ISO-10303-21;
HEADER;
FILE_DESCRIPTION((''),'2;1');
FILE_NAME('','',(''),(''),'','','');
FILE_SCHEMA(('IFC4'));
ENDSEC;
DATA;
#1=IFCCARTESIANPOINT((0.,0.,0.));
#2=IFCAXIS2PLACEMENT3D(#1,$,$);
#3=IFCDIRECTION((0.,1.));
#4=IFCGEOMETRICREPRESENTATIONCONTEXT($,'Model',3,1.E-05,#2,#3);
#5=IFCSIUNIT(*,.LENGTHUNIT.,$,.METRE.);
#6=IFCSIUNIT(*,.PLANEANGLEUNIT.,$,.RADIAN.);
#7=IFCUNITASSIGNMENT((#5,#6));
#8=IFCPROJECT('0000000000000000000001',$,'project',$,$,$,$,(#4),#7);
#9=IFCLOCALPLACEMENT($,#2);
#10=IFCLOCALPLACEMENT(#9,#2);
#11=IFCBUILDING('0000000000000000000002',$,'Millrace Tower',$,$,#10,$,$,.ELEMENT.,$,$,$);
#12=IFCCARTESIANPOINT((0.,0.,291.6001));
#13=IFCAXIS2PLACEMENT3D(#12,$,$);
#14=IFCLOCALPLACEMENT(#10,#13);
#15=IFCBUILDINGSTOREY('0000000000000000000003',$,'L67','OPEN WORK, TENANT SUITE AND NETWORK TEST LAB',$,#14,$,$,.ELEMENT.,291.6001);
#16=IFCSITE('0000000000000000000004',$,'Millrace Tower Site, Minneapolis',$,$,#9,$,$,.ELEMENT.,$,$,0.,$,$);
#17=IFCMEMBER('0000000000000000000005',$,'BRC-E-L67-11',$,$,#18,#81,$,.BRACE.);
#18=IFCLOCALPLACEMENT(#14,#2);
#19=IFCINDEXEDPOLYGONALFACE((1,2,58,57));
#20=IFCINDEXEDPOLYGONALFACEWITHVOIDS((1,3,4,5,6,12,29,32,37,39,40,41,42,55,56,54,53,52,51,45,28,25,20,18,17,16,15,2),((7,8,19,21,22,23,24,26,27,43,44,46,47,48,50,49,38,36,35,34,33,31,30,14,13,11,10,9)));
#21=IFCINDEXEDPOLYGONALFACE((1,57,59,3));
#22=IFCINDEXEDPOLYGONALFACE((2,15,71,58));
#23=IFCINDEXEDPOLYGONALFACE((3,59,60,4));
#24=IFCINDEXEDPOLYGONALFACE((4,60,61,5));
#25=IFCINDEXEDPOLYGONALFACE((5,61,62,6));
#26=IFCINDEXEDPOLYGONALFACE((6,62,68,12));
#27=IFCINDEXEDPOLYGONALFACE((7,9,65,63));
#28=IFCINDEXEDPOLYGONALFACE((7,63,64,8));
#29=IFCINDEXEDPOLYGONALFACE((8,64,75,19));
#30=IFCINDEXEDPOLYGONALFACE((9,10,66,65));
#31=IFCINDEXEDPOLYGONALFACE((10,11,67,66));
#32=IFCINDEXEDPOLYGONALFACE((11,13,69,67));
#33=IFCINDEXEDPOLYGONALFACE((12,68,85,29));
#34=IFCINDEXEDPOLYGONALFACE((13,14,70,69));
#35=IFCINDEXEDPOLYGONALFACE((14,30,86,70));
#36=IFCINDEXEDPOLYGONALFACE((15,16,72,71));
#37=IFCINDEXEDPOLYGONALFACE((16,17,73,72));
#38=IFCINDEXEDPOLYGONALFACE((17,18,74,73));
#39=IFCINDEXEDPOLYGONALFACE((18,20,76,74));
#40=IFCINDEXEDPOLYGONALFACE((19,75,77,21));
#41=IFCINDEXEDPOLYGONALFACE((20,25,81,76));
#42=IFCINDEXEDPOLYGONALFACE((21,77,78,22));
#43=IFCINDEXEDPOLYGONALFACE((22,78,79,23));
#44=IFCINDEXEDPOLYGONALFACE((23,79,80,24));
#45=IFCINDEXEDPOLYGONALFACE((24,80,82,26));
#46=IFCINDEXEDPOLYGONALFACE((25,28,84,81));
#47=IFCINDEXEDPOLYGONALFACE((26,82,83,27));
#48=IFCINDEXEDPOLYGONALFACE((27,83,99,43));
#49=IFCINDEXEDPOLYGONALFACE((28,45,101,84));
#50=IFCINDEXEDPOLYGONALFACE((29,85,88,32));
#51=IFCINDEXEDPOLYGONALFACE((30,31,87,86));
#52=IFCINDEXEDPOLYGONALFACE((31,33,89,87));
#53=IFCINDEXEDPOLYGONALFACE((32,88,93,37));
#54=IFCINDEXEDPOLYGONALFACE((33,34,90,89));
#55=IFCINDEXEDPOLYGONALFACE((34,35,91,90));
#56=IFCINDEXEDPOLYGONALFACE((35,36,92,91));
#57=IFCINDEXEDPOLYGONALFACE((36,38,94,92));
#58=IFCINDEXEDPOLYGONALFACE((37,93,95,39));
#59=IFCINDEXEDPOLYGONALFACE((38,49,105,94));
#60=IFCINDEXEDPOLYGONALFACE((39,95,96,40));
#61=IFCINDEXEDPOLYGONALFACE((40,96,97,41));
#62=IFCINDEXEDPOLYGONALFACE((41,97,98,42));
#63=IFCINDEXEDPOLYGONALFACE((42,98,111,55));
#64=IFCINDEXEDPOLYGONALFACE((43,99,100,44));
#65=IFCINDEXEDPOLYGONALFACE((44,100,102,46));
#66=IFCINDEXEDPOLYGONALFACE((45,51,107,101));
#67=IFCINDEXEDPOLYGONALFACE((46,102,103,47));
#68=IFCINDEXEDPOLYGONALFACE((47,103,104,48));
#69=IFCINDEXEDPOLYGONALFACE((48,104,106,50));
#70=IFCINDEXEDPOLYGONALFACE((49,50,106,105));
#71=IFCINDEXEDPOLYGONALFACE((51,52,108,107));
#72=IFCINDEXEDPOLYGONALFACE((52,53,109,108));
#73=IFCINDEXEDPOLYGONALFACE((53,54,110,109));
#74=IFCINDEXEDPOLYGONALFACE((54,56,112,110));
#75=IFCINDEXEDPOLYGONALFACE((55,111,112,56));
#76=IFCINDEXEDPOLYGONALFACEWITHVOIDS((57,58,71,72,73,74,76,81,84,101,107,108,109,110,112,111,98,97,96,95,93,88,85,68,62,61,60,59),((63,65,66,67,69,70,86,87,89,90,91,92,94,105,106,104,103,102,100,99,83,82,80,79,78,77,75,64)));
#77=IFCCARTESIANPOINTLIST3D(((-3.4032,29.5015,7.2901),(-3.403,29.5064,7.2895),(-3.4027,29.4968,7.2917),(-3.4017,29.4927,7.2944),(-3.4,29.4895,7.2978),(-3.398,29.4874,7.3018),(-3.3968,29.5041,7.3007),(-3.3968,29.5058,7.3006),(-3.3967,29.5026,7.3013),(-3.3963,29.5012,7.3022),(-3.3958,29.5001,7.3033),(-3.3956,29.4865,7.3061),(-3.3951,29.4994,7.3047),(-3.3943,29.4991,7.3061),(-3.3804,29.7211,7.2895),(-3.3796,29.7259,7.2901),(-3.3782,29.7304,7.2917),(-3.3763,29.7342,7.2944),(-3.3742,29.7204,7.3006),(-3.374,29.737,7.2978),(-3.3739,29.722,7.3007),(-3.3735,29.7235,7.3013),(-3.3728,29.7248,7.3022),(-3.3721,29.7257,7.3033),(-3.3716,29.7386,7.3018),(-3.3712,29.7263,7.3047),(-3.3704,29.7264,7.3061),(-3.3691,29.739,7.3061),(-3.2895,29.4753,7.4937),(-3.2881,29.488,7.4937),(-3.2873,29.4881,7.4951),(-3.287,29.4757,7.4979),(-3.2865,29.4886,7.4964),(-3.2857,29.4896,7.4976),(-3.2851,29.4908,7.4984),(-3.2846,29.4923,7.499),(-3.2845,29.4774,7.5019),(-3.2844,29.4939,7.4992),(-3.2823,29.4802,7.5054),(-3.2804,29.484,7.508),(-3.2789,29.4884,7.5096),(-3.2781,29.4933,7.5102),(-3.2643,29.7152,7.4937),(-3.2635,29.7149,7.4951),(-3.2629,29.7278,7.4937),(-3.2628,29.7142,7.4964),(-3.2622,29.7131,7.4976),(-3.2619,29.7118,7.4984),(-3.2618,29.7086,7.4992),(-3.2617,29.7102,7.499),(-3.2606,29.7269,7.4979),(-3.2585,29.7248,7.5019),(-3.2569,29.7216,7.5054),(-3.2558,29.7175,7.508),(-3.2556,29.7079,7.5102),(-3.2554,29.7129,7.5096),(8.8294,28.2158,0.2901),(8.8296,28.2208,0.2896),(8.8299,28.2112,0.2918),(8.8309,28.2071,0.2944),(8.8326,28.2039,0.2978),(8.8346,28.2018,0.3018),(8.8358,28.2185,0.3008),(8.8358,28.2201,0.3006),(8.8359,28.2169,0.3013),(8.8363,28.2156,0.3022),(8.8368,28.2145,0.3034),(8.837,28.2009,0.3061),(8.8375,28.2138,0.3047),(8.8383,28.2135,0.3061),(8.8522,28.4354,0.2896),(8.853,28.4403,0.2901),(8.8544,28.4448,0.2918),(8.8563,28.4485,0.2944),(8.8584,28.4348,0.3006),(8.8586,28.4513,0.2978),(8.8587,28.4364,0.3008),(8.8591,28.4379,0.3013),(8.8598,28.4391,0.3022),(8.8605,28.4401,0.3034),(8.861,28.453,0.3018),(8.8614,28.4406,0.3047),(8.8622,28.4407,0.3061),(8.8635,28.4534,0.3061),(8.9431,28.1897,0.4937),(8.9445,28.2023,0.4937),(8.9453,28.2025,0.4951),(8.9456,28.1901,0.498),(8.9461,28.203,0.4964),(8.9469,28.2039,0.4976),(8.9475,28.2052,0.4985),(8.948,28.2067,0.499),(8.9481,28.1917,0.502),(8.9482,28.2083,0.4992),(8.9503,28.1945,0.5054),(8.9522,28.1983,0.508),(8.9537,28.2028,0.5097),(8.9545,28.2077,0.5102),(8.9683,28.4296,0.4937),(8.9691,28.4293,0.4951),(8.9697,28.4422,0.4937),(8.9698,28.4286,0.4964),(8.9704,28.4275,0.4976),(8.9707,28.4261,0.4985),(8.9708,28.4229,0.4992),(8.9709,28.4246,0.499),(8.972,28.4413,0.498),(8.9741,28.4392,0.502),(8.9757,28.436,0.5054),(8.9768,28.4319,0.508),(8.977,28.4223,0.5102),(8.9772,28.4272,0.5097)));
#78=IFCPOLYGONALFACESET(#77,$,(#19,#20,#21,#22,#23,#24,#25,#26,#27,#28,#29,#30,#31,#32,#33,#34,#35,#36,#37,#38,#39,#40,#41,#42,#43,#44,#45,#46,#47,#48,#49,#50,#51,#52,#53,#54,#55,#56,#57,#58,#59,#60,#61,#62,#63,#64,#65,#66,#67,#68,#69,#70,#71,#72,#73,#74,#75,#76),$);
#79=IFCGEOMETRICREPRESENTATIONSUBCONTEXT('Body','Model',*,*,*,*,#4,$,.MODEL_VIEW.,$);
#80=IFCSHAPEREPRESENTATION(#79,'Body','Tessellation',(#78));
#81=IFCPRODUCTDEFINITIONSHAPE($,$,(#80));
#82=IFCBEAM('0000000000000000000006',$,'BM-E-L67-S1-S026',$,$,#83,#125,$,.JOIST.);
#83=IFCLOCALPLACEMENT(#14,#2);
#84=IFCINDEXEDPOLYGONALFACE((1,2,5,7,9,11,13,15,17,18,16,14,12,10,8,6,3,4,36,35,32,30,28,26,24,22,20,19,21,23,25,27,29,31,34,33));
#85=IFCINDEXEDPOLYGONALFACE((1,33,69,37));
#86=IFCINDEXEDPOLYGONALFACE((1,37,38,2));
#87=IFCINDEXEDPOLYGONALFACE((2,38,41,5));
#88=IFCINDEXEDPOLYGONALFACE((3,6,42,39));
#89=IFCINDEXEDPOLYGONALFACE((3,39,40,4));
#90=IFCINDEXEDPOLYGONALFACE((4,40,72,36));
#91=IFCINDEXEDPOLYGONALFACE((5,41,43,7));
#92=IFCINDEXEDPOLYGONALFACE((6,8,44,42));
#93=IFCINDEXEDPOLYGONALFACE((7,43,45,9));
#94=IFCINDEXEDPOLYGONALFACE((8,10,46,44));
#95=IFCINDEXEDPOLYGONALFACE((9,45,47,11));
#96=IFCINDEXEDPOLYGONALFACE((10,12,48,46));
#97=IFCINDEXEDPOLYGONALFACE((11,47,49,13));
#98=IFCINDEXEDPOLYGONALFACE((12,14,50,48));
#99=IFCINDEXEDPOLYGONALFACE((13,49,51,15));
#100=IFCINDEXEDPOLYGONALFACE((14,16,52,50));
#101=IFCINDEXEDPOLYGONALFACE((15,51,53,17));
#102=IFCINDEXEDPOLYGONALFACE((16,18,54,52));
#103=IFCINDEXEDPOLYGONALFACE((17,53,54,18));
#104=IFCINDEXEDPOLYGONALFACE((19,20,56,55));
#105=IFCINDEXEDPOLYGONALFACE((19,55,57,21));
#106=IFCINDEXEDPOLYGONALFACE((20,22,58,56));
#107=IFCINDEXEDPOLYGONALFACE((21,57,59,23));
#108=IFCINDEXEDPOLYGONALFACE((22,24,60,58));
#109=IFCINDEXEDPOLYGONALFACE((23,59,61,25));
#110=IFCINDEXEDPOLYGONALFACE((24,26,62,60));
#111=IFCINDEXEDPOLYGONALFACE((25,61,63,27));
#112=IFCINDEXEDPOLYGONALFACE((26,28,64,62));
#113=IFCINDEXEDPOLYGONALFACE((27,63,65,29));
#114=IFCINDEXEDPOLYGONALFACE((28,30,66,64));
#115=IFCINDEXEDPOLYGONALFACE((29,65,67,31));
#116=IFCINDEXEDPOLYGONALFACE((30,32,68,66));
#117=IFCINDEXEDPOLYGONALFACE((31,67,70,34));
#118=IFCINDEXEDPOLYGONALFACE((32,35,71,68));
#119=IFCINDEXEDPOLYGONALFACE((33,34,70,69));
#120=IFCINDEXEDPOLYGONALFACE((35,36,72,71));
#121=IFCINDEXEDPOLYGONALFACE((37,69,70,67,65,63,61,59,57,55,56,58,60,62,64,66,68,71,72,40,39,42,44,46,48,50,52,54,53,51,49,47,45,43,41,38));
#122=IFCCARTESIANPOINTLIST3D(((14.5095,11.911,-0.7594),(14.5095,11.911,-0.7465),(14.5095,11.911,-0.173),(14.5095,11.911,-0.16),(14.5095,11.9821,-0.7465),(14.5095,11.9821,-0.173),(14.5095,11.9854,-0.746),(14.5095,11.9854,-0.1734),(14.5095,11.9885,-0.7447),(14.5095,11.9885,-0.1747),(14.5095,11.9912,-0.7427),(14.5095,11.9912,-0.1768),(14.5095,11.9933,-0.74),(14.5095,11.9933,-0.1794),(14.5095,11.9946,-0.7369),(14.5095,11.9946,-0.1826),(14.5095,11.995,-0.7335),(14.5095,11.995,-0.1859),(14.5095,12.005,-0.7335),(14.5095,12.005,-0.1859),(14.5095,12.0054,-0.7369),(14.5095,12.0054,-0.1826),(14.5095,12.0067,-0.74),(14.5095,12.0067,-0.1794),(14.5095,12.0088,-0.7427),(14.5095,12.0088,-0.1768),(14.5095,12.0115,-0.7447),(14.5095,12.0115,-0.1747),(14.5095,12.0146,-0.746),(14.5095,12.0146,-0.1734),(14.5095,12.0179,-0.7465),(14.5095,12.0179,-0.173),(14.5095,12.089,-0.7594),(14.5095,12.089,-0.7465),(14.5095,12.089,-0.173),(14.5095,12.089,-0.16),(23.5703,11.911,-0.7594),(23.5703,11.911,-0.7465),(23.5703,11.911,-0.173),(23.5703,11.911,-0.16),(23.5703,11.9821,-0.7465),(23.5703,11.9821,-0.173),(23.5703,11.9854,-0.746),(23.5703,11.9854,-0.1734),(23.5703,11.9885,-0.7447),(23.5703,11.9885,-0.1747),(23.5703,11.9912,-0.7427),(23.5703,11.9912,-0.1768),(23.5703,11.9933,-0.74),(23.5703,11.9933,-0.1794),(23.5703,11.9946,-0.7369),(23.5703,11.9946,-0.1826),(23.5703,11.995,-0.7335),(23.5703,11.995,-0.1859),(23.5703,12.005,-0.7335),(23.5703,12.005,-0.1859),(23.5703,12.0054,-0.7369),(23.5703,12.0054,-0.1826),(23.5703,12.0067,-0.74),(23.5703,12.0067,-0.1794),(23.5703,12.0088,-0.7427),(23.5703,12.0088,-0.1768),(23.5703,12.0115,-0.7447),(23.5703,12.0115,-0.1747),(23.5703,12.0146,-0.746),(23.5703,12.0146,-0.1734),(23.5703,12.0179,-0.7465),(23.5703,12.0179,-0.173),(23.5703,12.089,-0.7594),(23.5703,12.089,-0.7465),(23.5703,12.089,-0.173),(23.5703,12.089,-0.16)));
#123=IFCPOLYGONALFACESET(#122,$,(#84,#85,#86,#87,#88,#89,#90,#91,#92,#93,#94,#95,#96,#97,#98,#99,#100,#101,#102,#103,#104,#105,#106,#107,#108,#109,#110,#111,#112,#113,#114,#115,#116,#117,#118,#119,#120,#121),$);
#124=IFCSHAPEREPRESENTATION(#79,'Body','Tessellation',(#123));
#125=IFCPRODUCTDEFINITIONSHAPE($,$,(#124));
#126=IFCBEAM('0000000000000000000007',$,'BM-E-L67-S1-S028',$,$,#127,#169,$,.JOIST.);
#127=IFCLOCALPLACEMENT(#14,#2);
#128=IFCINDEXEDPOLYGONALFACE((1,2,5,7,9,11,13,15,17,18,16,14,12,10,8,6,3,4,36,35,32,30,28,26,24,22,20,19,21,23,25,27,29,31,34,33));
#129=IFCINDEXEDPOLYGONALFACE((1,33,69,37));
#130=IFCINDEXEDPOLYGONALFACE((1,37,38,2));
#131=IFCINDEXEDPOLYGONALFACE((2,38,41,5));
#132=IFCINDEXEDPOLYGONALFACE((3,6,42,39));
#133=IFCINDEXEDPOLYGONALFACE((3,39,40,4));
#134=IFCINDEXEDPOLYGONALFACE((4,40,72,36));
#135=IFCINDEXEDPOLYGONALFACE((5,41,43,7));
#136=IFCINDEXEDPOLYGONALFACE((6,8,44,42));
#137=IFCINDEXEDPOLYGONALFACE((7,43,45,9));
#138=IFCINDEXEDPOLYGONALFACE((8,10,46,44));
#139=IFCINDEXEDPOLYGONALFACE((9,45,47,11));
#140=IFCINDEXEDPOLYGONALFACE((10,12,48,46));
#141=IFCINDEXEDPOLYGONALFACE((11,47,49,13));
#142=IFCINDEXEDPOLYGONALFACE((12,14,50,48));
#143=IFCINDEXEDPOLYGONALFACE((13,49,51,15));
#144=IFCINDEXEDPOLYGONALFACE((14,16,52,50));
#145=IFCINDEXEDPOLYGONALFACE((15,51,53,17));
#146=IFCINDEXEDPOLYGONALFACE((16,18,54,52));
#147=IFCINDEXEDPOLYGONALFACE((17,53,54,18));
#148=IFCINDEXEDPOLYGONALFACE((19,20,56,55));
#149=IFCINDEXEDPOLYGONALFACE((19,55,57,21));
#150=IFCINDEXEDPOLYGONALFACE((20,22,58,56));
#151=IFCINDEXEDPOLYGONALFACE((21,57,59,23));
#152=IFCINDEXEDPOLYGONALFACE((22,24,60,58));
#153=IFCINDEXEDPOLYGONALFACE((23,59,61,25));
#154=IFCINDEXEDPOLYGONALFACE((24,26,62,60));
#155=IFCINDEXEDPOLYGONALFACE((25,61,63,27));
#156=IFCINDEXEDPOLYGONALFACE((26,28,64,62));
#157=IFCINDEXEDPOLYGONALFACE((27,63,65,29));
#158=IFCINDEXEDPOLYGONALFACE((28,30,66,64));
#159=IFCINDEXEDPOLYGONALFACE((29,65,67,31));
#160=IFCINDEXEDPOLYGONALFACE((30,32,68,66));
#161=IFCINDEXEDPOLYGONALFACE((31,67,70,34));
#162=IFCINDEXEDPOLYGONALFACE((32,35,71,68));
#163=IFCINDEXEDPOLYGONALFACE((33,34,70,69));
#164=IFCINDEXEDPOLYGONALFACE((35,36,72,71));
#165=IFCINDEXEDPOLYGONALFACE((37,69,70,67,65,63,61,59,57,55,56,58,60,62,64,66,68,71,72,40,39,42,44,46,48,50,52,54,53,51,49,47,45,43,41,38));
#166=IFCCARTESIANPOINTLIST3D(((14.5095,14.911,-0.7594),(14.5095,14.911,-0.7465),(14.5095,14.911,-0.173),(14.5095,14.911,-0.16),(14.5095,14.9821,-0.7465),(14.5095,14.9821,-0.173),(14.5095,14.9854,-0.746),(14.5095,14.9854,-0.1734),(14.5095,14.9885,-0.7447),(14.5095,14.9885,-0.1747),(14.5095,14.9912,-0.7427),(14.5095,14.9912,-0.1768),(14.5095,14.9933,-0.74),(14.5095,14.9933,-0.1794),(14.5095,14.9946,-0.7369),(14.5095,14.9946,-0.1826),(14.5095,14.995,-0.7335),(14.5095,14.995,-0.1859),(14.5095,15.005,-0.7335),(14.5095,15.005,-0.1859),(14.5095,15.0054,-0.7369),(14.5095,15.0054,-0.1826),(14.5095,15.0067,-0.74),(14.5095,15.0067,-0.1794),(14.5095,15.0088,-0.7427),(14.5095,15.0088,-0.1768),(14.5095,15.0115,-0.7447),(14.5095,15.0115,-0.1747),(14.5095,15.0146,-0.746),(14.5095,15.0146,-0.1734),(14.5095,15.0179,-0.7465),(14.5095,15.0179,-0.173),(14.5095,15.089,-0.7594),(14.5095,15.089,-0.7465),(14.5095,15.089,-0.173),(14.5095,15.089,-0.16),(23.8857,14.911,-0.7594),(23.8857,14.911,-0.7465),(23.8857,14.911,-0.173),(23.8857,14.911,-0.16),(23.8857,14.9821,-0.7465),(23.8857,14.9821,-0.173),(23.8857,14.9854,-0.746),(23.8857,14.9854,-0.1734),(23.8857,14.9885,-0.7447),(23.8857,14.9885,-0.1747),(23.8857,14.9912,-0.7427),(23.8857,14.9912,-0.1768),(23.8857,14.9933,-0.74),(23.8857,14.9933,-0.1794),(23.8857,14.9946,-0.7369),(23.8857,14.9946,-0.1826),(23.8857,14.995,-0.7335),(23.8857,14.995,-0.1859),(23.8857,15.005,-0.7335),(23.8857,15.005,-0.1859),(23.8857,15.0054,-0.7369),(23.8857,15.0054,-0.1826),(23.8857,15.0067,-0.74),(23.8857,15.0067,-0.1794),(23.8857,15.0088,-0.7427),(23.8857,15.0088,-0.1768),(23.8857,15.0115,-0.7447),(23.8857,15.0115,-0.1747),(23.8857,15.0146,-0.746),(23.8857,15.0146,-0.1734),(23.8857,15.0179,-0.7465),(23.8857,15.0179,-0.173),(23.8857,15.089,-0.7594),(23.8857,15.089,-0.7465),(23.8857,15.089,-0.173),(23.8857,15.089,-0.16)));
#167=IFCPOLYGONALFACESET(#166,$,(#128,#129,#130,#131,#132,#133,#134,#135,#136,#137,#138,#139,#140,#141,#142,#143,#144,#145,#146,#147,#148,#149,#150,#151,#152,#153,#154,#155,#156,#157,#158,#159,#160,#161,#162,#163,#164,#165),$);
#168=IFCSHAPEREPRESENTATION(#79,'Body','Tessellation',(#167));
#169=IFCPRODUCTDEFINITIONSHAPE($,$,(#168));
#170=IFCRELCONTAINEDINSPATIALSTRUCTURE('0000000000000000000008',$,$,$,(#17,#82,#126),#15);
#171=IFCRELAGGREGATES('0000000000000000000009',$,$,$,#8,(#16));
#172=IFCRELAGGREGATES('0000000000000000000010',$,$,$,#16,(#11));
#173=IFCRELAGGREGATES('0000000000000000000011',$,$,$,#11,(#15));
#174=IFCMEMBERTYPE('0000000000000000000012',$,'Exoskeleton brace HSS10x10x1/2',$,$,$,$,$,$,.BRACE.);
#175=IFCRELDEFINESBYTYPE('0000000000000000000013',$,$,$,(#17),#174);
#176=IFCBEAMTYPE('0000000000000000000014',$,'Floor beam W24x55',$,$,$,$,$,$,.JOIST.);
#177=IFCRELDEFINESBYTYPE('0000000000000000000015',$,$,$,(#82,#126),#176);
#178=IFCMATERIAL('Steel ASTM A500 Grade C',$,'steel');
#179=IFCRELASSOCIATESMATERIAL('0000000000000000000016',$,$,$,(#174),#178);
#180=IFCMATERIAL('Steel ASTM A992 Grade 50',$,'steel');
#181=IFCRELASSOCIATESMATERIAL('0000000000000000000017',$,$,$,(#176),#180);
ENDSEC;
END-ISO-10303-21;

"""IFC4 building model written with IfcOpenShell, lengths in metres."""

from ifc_helpers import new_model, si_unit, direction, frame, origin, origin_2d, place, context, subcontext, project, spatial, hollow_rectangle, i_section, extrude, material, material_profile, profile_set, type_object, element, save


model = new_model("IFC4")

# Units and contexts
model_context = context("Model", 3, precision=1e-05, world=origin(), true_north=direction((0.0, 1.0)))
body_context = subcontext(model_context, "Body", "Model", "MODEL_VIEW")
ifc_project = project(units=[si_unit("LENGTHUNIT", "METRE"), si_unit("PLANEANGLEUNIT", "RADIAN")], contexts=[model_context])

# Site, building, storey
site_placement = place(None, origin())
site = spatial("IfcSite", under=ifc_project, at=site_placement, Name="Millrace Tower Site, Minneapolis", CompositionType="ELEMENT", RefElevation=0.0)
building_placement = place(site_placement, origin())
building = spatial("IfcBuilding", under=site, at=building_placement, Name="Millrace Tower", CompositionType="ELEMENT")
storey_placement = place(building_placement, frame((0.0, 0.0, 291.6001)))
storey = spatial("IfcBuildingStorey", under=building, at=storey_placement, Name="L67", Description="OPEN WORK, TENANT SUITE AND NETWORK TEST LAB", CompositionType="ELEMENT", Elevation=291.6001)

# Member
ifc_material_1 = material(Name="Steel ASTM A500 Grade C", Category="steel")
ifc_material_profile_1 = material_profile(ifc_material_1, hollow_rectangle(XDim=0.2539, YDim=0.2539, WallThickness=0.0127, InnerFilletRadius=0.0063, OuterFilletRadius=0.019, at=origin_2d()))
ifc_profile_set_1 = profile_set([ifc_material_profile_1], Name="Steel ASTM A500 Grade C")
member_type_1 = type_object("IfcMemberType", Name="Exoskeleton brace HSS10x10x1/2", PredefinedType="BRACE", material=ifc_profile_set_1)
member_1_placement = place(storey_placement, frame((8.9033, 28.3215, 0.3999), z_axis=(-0.864352, 0.090843, 0.494615), x_axis=(-0.104524, -0.994522, 0.0)))
element("IfcMember", 1, at=member_1_placement, inside=storey, type_object=member_type_1, Name="BRC-E-L67-11", PredefinedType="BRACE", context=body_context, shape_type="SweptSolid", body=[
    extrude(hollow_rectangle(XDim=0.2539, YDim=0.2539, WallThickness=0.0127, InnerFilletRadius=0.0063, OuterFilletRadius=0.019, at=origin_2d()), origin(), (0.0, 0.0, 1.0), 14.1523),
])

# Beams
ifc_material_2 = material(Name="Steel ASTM A992 Grade 50", Category="steel")
ifc_material_profile_2 = material_profile(ifc_material_2, i_section(OverallWidth=0.178, OverallDepth=0.5994, WebThickness=0.01, FlangeThickness=0.0129, FilletRadius=0.0129, at=origin_2d()))
ifc_profile_set_2 = profile_set([ifc_material_profile_2], Name="Steel ASTM A992 Grade 50")
beam_type_1 = type_object("IfcBeamType", Name="Floor beam W24x55", PredefinedType="JOIST", material=ifc_profile_set_2)
beam_1_placement = place(storey_placement, frame((14.5095, 12.0, -0.4597), z_axis=(1.0, 0.0, 0.0), x_axis=(0.0, 1.0, 0.0)))
element("IfcBeam", 2, at=beam_1_placement, inside=storey, type_object=beam_type_1, Name="BM-E-L67-S1-S026", PredefinedType="JOIST", context=body_context, shape_type="SweptSolid", body=[
    extrude(i_section(OverallWidth=0.178, OverallDepth=0.5994, WebThickness=0.01, FlangeThickness=0.0129, FilletRadius=0.0129, at=origin_2d()), origin(), (0.0, 0.0, 1.0), 9.0608),
])
beam_2_placement = place(storey_placement, frame((14.5095, 15.0, -0.4597), z_axis=(1.0, 0.0, 0.0), x_axis=(0.0, 1.0, 0.0)))
element("IfcBeam", 3, at=beam_2_placement, inside=storey, type_object=beam_type_1, Name="BM-E-L67-S1-S028", PredefinedType="JOIST", context=body_context, shape_type="SweptSolid", body=[
    extrude(i_section(OverallWidth=0.178, OverallDepth=0.5994, WebThickness=0.01, FlangeThickness=0.0129, FilletRadius=0.0129, at=origin_2d()), origin(), (0.0, 0.0, 1.0), 9.3762),
])

save(model, "model.ifc")
